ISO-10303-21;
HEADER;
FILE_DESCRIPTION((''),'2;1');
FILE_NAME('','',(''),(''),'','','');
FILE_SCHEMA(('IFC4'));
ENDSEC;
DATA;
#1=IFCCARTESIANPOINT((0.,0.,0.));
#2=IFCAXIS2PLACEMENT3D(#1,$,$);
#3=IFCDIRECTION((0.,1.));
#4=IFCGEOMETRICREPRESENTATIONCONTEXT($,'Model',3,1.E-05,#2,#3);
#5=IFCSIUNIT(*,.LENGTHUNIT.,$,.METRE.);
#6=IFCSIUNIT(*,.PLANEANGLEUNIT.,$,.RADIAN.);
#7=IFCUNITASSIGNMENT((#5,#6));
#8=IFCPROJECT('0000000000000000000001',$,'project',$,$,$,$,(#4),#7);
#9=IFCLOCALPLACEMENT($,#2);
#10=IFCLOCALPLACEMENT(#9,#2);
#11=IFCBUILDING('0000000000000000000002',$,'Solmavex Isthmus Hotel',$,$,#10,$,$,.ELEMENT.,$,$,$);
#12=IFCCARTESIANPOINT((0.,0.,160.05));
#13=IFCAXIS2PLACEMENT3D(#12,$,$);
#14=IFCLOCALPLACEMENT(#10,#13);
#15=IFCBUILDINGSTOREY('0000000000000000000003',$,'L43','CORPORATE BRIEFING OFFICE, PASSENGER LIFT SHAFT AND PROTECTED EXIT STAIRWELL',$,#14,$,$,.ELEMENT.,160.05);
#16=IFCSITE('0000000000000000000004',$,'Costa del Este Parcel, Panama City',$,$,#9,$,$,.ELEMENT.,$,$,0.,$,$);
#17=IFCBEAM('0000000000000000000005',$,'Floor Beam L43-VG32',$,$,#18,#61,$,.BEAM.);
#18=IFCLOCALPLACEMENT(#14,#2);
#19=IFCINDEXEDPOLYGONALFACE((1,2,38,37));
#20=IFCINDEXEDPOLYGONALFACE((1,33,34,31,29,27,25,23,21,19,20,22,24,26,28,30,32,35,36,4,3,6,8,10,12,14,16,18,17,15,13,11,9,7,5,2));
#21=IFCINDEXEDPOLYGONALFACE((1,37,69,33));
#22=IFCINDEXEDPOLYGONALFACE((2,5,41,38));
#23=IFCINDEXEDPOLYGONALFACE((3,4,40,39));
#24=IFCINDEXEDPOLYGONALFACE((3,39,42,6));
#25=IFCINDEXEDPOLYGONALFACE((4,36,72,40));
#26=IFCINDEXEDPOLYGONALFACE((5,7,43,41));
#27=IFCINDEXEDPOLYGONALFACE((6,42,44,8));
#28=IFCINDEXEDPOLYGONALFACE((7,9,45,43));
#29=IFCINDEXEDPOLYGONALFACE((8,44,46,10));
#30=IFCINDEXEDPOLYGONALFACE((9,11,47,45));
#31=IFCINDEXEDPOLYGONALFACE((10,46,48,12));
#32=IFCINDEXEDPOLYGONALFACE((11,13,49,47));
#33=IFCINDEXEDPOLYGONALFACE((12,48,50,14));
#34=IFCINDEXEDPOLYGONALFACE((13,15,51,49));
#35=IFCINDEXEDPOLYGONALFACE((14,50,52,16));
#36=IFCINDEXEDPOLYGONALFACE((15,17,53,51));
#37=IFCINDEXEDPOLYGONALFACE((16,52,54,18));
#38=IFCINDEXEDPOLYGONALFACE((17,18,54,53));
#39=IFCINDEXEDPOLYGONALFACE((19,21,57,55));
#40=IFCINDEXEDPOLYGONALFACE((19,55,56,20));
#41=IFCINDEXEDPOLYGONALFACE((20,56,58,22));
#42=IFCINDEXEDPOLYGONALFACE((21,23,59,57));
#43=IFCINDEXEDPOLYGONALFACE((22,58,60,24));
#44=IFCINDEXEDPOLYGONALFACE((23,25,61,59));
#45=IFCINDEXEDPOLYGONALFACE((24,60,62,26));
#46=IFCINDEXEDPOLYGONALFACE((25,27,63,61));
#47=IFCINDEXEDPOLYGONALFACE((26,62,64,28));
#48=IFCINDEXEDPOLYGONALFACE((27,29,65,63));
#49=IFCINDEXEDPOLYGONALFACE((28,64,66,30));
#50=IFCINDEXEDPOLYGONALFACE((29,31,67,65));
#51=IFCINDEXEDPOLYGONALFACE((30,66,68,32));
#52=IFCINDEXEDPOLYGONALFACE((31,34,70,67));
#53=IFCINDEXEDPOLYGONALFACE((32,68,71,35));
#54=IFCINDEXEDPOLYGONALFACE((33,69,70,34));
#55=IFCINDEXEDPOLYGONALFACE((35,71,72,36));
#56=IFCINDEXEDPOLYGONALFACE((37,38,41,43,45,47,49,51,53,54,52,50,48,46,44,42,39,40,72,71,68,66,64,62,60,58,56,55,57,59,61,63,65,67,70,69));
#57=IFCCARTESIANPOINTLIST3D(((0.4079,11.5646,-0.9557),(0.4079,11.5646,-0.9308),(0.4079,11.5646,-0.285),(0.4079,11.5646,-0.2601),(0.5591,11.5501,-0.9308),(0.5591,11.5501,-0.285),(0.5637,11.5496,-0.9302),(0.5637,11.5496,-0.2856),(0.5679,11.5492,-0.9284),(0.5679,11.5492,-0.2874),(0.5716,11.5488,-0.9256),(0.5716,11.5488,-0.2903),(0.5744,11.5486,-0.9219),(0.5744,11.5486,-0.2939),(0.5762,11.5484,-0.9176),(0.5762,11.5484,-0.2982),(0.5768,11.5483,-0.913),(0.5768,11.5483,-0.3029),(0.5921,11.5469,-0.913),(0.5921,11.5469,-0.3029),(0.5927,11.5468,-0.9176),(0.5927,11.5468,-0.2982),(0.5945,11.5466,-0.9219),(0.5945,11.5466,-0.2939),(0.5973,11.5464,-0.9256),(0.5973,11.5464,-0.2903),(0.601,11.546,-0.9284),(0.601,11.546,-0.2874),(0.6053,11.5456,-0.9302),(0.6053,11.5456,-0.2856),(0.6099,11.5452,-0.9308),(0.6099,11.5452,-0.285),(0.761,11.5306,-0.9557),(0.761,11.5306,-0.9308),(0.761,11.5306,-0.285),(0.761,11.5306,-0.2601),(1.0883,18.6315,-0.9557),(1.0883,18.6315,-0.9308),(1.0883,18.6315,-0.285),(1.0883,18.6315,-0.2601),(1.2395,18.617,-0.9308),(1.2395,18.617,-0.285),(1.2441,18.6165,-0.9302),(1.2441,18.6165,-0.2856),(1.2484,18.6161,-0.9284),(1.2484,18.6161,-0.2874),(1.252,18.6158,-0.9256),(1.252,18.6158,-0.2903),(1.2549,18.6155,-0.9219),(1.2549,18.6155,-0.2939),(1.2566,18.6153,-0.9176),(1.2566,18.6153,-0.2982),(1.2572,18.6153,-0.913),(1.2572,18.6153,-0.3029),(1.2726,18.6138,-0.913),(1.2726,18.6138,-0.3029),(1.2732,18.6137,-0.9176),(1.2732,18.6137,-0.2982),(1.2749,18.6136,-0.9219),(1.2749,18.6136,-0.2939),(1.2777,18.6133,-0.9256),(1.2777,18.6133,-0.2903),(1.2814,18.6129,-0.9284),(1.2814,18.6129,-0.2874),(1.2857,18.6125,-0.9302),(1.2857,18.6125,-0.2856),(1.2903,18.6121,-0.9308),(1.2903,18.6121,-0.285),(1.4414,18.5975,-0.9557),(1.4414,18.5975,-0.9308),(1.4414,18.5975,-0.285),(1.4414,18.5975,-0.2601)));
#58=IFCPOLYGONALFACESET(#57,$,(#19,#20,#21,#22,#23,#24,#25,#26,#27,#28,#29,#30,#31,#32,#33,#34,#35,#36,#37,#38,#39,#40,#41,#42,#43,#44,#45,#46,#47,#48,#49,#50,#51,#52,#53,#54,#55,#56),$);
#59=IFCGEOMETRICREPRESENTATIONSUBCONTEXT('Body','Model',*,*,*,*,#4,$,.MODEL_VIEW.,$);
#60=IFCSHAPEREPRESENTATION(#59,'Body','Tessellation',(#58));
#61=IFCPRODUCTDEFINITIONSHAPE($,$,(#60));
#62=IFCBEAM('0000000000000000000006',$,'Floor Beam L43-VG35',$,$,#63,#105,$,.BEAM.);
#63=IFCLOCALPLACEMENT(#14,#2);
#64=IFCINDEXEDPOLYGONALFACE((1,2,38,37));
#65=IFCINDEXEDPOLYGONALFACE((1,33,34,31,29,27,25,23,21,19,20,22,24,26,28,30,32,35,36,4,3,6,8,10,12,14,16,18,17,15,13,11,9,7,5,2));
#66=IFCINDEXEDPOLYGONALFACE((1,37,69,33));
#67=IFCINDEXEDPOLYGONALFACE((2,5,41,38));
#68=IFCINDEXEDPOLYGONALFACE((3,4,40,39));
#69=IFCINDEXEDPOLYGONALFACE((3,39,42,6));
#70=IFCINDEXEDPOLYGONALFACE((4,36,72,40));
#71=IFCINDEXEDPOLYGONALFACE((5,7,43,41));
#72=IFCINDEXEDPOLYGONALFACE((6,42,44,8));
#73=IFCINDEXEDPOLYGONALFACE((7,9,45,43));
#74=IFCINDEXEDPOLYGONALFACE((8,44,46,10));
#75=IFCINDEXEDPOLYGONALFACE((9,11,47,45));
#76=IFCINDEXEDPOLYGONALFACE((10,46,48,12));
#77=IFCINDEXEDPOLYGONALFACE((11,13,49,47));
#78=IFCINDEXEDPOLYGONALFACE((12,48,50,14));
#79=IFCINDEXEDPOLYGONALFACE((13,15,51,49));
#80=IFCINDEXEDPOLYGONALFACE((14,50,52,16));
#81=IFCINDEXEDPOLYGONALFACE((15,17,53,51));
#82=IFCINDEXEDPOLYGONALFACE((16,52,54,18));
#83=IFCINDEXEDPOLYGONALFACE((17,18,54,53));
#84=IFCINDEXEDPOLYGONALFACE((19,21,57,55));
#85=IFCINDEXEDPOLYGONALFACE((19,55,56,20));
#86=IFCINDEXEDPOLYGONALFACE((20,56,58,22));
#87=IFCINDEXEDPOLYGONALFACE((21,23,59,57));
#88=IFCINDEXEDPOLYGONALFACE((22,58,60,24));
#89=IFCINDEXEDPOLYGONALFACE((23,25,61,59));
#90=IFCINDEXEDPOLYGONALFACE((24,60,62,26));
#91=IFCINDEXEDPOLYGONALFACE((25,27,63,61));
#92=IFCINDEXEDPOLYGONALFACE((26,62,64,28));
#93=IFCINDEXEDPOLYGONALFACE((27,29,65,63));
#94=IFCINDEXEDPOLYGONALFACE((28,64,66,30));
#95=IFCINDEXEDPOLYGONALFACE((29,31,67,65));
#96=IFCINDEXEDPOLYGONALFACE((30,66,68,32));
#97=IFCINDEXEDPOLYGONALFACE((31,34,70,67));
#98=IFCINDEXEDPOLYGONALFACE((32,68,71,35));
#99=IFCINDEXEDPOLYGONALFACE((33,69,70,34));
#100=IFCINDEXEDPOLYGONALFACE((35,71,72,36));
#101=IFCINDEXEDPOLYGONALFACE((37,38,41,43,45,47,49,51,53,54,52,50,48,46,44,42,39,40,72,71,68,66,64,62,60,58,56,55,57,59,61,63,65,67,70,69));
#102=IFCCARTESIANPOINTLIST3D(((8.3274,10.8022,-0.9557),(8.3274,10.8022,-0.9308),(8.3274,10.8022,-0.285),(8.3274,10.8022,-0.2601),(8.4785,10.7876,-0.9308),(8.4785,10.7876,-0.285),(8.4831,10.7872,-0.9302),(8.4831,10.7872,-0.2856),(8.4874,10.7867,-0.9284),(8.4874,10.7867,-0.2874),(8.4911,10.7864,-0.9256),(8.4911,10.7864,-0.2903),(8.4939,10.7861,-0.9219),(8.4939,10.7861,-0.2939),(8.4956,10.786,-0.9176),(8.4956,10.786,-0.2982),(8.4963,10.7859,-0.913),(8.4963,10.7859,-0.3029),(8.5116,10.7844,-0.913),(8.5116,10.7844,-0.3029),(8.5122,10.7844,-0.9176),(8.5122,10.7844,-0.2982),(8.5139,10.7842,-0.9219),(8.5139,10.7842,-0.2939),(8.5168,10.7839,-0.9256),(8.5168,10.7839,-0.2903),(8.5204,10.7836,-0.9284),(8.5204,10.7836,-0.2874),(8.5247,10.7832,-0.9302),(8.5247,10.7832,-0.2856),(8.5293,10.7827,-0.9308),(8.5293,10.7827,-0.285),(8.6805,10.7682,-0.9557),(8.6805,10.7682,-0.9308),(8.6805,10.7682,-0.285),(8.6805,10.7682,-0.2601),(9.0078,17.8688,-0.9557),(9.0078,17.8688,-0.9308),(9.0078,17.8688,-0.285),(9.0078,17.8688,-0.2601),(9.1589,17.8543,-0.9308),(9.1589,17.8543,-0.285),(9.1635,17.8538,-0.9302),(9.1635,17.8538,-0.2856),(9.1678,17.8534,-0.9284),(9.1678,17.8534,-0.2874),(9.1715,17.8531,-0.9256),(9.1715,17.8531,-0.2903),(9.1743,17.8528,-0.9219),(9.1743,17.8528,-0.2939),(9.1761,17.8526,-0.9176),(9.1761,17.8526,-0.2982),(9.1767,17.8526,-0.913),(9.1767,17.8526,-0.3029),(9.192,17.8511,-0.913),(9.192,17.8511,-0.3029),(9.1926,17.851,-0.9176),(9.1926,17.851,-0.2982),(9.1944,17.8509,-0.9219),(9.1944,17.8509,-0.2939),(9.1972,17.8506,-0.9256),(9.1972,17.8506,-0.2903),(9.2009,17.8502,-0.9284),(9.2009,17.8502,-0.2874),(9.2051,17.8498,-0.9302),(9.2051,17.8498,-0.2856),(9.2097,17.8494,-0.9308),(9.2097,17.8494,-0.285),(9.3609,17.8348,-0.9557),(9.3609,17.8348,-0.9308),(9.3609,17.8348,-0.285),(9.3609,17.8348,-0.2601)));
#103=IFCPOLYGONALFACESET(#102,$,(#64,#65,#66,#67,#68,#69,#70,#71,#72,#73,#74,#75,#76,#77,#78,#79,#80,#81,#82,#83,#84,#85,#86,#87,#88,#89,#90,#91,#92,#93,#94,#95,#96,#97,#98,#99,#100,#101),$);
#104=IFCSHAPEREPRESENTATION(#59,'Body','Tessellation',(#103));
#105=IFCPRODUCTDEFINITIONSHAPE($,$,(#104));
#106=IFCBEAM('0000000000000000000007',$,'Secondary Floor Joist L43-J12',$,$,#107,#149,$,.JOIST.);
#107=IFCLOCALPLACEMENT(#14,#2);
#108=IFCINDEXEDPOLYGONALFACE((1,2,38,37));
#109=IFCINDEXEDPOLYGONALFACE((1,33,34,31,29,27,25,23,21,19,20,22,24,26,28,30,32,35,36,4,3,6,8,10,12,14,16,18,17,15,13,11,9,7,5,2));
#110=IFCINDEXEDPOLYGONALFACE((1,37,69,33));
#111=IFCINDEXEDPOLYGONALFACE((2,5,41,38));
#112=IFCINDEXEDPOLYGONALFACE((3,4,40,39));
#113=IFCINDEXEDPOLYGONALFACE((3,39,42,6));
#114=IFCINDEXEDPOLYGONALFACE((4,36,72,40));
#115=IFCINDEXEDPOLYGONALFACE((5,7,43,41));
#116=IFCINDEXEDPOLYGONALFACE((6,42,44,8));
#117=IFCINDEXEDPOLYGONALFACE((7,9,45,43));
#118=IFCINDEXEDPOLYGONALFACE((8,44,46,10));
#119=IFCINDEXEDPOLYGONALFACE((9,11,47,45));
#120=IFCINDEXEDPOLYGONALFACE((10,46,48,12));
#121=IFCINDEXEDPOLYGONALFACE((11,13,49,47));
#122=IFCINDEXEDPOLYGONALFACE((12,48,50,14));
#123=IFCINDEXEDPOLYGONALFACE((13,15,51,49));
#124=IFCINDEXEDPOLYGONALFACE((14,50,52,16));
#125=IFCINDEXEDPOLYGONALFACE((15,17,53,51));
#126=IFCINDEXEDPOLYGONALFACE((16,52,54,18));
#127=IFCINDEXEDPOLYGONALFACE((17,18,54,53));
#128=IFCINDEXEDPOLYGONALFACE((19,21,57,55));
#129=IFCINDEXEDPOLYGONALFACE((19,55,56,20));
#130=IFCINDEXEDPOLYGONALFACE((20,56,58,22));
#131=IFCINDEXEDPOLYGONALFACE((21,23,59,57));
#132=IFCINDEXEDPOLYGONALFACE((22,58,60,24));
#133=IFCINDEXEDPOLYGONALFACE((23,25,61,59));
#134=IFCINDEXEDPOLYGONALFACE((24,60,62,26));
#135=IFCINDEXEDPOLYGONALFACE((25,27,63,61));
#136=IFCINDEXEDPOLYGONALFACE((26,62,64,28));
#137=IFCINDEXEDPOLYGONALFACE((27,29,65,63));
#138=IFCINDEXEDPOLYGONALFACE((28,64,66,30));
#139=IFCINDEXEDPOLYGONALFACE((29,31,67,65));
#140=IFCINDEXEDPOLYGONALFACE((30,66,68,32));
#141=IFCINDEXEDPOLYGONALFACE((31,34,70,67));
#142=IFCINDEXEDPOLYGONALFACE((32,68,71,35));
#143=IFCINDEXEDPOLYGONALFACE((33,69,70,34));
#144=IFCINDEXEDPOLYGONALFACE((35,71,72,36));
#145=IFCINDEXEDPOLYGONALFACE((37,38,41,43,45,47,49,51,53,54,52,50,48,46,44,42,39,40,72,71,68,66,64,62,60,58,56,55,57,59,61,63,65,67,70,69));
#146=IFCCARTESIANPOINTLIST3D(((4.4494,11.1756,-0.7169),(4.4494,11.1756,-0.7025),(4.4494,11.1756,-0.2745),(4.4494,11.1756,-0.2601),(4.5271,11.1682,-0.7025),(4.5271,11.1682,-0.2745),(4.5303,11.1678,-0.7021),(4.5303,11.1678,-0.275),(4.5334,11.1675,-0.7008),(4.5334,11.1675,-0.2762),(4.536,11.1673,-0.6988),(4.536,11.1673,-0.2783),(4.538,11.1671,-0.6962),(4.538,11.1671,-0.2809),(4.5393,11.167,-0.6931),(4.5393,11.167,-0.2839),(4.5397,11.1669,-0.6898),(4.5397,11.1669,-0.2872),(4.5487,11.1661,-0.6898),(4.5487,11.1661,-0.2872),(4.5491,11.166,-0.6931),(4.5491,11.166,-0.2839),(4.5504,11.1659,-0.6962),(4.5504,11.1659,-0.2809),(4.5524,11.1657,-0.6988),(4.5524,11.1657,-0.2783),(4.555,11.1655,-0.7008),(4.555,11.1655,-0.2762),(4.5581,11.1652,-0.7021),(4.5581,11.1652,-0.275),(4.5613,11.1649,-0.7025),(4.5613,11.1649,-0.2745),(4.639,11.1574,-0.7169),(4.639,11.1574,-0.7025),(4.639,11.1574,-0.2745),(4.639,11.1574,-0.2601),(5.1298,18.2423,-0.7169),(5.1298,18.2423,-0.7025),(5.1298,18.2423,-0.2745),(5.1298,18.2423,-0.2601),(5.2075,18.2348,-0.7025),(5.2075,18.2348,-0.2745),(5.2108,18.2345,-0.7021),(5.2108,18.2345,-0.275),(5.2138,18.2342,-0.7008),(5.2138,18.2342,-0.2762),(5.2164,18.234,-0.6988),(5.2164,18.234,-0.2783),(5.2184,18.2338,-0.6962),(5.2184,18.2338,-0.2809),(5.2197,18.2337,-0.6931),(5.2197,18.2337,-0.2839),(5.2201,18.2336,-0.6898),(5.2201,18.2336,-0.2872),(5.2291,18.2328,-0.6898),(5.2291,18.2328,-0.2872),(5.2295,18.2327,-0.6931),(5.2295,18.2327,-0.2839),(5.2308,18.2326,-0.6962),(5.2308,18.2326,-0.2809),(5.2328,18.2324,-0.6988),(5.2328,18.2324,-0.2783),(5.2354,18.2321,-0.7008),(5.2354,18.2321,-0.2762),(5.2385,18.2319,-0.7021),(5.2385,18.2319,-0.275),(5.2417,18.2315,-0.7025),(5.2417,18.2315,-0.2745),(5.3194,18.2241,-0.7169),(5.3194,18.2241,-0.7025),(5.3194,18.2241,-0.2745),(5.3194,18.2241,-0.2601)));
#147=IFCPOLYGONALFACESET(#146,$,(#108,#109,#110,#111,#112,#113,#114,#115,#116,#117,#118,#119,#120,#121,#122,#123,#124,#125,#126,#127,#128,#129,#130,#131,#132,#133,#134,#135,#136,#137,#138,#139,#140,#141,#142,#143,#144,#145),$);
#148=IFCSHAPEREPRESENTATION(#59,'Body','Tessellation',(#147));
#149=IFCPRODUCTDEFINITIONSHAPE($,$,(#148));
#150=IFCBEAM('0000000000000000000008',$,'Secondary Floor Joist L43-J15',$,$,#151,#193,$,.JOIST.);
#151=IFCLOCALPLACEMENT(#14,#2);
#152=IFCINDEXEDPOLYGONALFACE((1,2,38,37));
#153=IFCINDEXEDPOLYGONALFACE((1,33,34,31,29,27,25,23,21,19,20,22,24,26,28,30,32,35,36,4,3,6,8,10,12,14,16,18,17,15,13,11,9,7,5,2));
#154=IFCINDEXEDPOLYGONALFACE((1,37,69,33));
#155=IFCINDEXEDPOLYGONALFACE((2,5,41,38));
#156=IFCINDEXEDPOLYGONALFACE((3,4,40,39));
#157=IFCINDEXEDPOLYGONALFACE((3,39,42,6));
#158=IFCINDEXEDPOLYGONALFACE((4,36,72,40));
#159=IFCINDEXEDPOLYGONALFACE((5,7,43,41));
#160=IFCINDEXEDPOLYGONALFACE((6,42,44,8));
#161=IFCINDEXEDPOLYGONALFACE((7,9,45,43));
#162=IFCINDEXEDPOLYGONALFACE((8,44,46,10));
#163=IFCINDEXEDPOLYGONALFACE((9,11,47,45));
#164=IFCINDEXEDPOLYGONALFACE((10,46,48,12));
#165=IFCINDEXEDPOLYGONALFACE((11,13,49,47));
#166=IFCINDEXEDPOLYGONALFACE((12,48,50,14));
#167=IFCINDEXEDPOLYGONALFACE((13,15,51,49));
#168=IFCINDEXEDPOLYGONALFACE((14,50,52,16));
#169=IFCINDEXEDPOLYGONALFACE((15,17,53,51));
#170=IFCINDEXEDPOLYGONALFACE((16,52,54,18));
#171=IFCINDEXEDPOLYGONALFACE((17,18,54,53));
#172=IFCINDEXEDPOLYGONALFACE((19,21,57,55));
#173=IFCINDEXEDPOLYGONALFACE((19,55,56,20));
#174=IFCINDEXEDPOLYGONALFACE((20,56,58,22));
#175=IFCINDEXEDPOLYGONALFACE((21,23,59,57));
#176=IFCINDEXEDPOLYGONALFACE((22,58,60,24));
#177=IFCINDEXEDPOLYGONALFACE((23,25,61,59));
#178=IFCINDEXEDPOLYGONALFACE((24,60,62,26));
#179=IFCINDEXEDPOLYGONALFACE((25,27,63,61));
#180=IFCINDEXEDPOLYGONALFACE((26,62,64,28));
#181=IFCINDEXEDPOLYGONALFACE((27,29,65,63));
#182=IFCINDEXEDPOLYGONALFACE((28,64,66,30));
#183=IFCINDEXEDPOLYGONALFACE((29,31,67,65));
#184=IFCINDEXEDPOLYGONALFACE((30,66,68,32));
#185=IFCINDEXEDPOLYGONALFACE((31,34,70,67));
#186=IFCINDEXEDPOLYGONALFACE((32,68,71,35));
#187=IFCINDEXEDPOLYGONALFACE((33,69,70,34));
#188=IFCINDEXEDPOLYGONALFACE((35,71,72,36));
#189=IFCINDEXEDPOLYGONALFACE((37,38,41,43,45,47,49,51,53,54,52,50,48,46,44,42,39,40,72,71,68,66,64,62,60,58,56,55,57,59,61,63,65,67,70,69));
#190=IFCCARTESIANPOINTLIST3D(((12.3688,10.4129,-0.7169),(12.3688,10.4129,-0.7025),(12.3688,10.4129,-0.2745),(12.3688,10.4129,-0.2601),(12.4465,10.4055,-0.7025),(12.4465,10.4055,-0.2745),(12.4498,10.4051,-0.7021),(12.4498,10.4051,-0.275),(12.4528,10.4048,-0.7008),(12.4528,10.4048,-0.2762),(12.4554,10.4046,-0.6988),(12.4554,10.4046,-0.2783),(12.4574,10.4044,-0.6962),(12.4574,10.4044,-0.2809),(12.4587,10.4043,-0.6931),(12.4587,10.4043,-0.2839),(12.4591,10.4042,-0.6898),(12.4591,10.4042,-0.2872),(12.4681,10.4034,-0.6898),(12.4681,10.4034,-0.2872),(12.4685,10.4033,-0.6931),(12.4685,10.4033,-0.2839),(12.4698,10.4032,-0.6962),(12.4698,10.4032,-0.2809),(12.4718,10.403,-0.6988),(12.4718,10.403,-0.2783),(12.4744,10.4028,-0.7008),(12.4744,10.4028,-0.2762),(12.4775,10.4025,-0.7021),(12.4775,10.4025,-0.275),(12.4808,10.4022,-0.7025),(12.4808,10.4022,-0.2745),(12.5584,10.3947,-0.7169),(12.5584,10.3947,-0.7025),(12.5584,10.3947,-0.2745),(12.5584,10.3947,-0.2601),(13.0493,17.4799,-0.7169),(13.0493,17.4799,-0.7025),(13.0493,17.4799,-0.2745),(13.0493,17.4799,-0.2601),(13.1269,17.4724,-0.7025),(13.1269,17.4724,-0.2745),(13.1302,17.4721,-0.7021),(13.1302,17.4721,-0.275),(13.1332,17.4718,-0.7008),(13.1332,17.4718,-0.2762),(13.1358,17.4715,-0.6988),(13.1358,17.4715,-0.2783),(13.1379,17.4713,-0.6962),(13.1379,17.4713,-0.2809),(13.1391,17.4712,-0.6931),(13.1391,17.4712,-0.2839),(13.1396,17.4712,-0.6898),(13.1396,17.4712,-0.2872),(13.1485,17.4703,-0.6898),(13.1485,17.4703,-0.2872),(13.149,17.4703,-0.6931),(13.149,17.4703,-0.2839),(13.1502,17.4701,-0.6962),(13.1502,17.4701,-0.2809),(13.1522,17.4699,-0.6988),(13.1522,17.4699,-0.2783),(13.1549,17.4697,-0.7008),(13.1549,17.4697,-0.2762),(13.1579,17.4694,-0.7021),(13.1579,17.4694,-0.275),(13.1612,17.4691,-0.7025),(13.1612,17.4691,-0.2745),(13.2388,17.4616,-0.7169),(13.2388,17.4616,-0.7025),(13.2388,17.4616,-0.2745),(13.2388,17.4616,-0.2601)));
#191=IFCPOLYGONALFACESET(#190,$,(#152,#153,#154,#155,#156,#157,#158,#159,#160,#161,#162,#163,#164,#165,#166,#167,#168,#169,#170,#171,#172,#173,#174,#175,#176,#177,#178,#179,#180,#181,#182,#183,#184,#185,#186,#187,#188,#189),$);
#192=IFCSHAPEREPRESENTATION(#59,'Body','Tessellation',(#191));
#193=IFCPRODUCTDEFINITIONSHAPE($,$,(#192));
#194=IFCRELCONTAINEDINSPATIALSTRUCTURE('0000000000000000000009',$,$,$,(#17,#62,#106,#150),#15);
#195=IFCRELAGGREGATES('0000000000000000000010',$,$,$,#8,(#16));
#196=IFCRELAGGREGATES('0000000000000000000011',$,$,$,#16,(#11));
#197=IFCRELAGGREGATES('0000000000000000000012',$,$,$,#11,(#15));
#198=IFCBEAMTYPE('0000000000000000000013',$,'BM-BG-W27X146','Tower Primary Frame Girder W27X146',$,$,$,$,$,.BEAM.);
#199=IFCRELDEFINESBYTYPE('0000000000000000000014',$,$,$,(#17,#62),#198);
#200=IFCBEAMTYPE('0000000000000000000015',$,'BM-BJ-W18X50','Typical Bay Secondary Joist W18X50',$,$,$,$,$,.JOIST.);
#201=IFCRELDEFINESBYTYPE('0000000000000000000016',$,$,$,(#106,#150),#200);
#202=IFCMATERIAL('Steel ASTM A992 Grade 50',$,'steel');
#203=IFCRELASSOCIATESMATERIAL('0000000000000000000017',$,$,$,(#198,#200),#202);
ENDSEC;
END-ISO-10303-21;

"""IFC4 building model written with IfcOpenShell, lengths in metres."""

from ifc_helpers import new_model, si_unit, direction, frame, origin, origin_2d, place, context, subcontext, project, spatial, i_section, extrude, material, material_profile, profile_set, type_object, element, save


model = new_model("IFC4")

# Units and contexts
model_context = context("Model", 3, precision=1e-05, world=origin(), true_north=direction((0.0, 1.0)))
body_context = subcontext(model_context, "Body", "Model", "MODEL_VIEW")
ifc_project = project(units=[si_unit("LENGTHUNIT", "METRE"), si_unit("PLANEANGLEUNIT", "RADIAN")], contexts=[model_context])

# Site, building, storey
site_placement = place(None, origin())
site = spatial("IfcSite", under=ifc_project, at=site_placement, Name="Costa del Este Parcel, Panama City", CompositionType="ELEMENT", RefElevation=0.0)
building_placement = place(site_placement, origin())
building = spatial("IfcBuilding", under=site, at=building_placement, Name="Solmavex Isthmus Hotel", CompositionType="ELEMENT")
storey_placement = place(building_placement, frame((0.0, 0.0, 160.05)))
storey = spatial("IfcBuildingStorey", under=building, at=storey_placement, Name="L43", Description="CORPORATE BRIEFING OFFICE, PASSENGER LIFT SHAFT AND PROTECTED EXIT STAIRWELL", CompositionType="ELEMENT", Elevation=160.05)

# Beams
ifc_material_1 = material(Name="Steel ASTM A992 Grade 50", Category="steel")
ifc_material_profile_1 = material_profile(ifc_material_1, i_section(OverallWidth=0.3547, OverallDepth=0.6956, WebThickness=0.0154, FlangeThickness=0.0249, FilletRadius=0.0178, at=origin_2d()), Name="W27X146")
ifc_profile_set_1 = profile_set([ifc_material_profile_1], Name="Steel ASTM A992 Grade 50")
beam_type_1 = type_object("IfcBeamType", Name="BM-BG-W27X146", Description="Tower Primary Frame Girder W27X146", PredefinedType="BEAM", material=ifc_profile_set_1)
beam_1_placement = place(storey_placement, frame((0.5845, 11.5476, -0.6079), z_axis=(0.09584, 0.995397, 0.0), x_axis=(-0.995397, 0.09584, 0.0)))
element("IfcBeam", 1, at=beam_1_placement, inside=storey, type_object=beam_type_1, Name="Floor Beam L43-VG32", PredefinedType="BEAM", context=body_context, shape_type="SweptSolid", body=[
    extrude(i_section(OverallWidth=0.3547, OverallDepth=0.6956, WebThickness=0.0154, FlangeThickness=0.0249, FilletRadius=0.0178, at=origin_2d()), origin(), (0.0, 0.0, 1.0), 7.0996),
])
beam_2_placement = place(storey_placement, frame((8.5039, 10.7852, -0.6079), z_axis=(0.095843, 0.995396, 0.0), x_axis=(-0.995396, 0.095843, 0.0)))
element("IfcBeam", 2, at=beam_2_placement, inside=storey, type_object=beam_type_1, Name="Floor Beam L43-VG35", PredefinedType="BEAM", context=body_context, shape_type="SweptSolid", body=[
    extrude(i_section(OverallWidth=0.3547, OverallDepth=0.6956, WebThickness=0.0154, FlangeThickness=0.0249, FilletRadius=0.0178, at=origin_2d()), origin(), (0.0, 0.0, 1.0), 7.0994),
])
ifc_material_profile_2 = material_profile(ifc_material_1, i_section(OverallWidth=0.1904, OverallDepth=0.4568, WebThickness=0.009, FlangeThickness=0.0144, FilletRadius=0.0127, at=origin_2d()), Name="W18X50")
ifc_profile_set_2 = profile_set([ifc_material_profile_2], Name="Steel ASTM A992 Grade 50")
beam_type_2 = type_object("IfcBeamType", Name="BM-BJ-W18X50", Description="Typical Bay Secondary Joist W18X50", PredefinedType="JOIST", material=ifc_profile_set_2)
beam_3_placement = place(storey_placement, frame((4.5442, 11.1665, -0.4885), z_axis=(0.095843, 0.995396, 0.0), x_axis=(-0.995396, 0.095843, 0.0)))
element("IfcBeam", 3, at=beam_3_placement, inside=storey, type_object=beam_type_2, Name="Secondary Floor Joist L43-J12", PredefinedType="JOIST", context=body_context, shape_type="SweptSolid", body=[
    extrude(i_section(OverallWidth=0.1904, OverallDepth=0.4568, WebThickness=0.009, FlangeThickness=0.0144, FilletRadius=0.0127, at=origin_2d()), origin(), (0.0, 0.0, 1.0), 7.0994),
])
beam_4_placement = place(storey_placement, frame((12.4636, 10.4038, -0.4885), z_axis=(0.09584, 0.995397, 0.0), x_axis=(-0.995397, 0.09584, 0.0)))
element("IfcBeam", 4, at=beam_4_placement, inside=storey, type_object=beam_type_2, Name="Secondary Floor Joist L43-J15", PredefinedType="JOIST", context=body_context, shape_type="SweptSolid", body=[
    extrude(i_section(OverallWidth=0.1904, OverallDepth=0.4568, WebThickness=0.009, FlangeThickness=0.0144, FilletRadius=0.0127, at=origin_2d()), origin(), (0.0, 0.0, 1.0), 7.0996),
])

save(model, "model.ifc")
